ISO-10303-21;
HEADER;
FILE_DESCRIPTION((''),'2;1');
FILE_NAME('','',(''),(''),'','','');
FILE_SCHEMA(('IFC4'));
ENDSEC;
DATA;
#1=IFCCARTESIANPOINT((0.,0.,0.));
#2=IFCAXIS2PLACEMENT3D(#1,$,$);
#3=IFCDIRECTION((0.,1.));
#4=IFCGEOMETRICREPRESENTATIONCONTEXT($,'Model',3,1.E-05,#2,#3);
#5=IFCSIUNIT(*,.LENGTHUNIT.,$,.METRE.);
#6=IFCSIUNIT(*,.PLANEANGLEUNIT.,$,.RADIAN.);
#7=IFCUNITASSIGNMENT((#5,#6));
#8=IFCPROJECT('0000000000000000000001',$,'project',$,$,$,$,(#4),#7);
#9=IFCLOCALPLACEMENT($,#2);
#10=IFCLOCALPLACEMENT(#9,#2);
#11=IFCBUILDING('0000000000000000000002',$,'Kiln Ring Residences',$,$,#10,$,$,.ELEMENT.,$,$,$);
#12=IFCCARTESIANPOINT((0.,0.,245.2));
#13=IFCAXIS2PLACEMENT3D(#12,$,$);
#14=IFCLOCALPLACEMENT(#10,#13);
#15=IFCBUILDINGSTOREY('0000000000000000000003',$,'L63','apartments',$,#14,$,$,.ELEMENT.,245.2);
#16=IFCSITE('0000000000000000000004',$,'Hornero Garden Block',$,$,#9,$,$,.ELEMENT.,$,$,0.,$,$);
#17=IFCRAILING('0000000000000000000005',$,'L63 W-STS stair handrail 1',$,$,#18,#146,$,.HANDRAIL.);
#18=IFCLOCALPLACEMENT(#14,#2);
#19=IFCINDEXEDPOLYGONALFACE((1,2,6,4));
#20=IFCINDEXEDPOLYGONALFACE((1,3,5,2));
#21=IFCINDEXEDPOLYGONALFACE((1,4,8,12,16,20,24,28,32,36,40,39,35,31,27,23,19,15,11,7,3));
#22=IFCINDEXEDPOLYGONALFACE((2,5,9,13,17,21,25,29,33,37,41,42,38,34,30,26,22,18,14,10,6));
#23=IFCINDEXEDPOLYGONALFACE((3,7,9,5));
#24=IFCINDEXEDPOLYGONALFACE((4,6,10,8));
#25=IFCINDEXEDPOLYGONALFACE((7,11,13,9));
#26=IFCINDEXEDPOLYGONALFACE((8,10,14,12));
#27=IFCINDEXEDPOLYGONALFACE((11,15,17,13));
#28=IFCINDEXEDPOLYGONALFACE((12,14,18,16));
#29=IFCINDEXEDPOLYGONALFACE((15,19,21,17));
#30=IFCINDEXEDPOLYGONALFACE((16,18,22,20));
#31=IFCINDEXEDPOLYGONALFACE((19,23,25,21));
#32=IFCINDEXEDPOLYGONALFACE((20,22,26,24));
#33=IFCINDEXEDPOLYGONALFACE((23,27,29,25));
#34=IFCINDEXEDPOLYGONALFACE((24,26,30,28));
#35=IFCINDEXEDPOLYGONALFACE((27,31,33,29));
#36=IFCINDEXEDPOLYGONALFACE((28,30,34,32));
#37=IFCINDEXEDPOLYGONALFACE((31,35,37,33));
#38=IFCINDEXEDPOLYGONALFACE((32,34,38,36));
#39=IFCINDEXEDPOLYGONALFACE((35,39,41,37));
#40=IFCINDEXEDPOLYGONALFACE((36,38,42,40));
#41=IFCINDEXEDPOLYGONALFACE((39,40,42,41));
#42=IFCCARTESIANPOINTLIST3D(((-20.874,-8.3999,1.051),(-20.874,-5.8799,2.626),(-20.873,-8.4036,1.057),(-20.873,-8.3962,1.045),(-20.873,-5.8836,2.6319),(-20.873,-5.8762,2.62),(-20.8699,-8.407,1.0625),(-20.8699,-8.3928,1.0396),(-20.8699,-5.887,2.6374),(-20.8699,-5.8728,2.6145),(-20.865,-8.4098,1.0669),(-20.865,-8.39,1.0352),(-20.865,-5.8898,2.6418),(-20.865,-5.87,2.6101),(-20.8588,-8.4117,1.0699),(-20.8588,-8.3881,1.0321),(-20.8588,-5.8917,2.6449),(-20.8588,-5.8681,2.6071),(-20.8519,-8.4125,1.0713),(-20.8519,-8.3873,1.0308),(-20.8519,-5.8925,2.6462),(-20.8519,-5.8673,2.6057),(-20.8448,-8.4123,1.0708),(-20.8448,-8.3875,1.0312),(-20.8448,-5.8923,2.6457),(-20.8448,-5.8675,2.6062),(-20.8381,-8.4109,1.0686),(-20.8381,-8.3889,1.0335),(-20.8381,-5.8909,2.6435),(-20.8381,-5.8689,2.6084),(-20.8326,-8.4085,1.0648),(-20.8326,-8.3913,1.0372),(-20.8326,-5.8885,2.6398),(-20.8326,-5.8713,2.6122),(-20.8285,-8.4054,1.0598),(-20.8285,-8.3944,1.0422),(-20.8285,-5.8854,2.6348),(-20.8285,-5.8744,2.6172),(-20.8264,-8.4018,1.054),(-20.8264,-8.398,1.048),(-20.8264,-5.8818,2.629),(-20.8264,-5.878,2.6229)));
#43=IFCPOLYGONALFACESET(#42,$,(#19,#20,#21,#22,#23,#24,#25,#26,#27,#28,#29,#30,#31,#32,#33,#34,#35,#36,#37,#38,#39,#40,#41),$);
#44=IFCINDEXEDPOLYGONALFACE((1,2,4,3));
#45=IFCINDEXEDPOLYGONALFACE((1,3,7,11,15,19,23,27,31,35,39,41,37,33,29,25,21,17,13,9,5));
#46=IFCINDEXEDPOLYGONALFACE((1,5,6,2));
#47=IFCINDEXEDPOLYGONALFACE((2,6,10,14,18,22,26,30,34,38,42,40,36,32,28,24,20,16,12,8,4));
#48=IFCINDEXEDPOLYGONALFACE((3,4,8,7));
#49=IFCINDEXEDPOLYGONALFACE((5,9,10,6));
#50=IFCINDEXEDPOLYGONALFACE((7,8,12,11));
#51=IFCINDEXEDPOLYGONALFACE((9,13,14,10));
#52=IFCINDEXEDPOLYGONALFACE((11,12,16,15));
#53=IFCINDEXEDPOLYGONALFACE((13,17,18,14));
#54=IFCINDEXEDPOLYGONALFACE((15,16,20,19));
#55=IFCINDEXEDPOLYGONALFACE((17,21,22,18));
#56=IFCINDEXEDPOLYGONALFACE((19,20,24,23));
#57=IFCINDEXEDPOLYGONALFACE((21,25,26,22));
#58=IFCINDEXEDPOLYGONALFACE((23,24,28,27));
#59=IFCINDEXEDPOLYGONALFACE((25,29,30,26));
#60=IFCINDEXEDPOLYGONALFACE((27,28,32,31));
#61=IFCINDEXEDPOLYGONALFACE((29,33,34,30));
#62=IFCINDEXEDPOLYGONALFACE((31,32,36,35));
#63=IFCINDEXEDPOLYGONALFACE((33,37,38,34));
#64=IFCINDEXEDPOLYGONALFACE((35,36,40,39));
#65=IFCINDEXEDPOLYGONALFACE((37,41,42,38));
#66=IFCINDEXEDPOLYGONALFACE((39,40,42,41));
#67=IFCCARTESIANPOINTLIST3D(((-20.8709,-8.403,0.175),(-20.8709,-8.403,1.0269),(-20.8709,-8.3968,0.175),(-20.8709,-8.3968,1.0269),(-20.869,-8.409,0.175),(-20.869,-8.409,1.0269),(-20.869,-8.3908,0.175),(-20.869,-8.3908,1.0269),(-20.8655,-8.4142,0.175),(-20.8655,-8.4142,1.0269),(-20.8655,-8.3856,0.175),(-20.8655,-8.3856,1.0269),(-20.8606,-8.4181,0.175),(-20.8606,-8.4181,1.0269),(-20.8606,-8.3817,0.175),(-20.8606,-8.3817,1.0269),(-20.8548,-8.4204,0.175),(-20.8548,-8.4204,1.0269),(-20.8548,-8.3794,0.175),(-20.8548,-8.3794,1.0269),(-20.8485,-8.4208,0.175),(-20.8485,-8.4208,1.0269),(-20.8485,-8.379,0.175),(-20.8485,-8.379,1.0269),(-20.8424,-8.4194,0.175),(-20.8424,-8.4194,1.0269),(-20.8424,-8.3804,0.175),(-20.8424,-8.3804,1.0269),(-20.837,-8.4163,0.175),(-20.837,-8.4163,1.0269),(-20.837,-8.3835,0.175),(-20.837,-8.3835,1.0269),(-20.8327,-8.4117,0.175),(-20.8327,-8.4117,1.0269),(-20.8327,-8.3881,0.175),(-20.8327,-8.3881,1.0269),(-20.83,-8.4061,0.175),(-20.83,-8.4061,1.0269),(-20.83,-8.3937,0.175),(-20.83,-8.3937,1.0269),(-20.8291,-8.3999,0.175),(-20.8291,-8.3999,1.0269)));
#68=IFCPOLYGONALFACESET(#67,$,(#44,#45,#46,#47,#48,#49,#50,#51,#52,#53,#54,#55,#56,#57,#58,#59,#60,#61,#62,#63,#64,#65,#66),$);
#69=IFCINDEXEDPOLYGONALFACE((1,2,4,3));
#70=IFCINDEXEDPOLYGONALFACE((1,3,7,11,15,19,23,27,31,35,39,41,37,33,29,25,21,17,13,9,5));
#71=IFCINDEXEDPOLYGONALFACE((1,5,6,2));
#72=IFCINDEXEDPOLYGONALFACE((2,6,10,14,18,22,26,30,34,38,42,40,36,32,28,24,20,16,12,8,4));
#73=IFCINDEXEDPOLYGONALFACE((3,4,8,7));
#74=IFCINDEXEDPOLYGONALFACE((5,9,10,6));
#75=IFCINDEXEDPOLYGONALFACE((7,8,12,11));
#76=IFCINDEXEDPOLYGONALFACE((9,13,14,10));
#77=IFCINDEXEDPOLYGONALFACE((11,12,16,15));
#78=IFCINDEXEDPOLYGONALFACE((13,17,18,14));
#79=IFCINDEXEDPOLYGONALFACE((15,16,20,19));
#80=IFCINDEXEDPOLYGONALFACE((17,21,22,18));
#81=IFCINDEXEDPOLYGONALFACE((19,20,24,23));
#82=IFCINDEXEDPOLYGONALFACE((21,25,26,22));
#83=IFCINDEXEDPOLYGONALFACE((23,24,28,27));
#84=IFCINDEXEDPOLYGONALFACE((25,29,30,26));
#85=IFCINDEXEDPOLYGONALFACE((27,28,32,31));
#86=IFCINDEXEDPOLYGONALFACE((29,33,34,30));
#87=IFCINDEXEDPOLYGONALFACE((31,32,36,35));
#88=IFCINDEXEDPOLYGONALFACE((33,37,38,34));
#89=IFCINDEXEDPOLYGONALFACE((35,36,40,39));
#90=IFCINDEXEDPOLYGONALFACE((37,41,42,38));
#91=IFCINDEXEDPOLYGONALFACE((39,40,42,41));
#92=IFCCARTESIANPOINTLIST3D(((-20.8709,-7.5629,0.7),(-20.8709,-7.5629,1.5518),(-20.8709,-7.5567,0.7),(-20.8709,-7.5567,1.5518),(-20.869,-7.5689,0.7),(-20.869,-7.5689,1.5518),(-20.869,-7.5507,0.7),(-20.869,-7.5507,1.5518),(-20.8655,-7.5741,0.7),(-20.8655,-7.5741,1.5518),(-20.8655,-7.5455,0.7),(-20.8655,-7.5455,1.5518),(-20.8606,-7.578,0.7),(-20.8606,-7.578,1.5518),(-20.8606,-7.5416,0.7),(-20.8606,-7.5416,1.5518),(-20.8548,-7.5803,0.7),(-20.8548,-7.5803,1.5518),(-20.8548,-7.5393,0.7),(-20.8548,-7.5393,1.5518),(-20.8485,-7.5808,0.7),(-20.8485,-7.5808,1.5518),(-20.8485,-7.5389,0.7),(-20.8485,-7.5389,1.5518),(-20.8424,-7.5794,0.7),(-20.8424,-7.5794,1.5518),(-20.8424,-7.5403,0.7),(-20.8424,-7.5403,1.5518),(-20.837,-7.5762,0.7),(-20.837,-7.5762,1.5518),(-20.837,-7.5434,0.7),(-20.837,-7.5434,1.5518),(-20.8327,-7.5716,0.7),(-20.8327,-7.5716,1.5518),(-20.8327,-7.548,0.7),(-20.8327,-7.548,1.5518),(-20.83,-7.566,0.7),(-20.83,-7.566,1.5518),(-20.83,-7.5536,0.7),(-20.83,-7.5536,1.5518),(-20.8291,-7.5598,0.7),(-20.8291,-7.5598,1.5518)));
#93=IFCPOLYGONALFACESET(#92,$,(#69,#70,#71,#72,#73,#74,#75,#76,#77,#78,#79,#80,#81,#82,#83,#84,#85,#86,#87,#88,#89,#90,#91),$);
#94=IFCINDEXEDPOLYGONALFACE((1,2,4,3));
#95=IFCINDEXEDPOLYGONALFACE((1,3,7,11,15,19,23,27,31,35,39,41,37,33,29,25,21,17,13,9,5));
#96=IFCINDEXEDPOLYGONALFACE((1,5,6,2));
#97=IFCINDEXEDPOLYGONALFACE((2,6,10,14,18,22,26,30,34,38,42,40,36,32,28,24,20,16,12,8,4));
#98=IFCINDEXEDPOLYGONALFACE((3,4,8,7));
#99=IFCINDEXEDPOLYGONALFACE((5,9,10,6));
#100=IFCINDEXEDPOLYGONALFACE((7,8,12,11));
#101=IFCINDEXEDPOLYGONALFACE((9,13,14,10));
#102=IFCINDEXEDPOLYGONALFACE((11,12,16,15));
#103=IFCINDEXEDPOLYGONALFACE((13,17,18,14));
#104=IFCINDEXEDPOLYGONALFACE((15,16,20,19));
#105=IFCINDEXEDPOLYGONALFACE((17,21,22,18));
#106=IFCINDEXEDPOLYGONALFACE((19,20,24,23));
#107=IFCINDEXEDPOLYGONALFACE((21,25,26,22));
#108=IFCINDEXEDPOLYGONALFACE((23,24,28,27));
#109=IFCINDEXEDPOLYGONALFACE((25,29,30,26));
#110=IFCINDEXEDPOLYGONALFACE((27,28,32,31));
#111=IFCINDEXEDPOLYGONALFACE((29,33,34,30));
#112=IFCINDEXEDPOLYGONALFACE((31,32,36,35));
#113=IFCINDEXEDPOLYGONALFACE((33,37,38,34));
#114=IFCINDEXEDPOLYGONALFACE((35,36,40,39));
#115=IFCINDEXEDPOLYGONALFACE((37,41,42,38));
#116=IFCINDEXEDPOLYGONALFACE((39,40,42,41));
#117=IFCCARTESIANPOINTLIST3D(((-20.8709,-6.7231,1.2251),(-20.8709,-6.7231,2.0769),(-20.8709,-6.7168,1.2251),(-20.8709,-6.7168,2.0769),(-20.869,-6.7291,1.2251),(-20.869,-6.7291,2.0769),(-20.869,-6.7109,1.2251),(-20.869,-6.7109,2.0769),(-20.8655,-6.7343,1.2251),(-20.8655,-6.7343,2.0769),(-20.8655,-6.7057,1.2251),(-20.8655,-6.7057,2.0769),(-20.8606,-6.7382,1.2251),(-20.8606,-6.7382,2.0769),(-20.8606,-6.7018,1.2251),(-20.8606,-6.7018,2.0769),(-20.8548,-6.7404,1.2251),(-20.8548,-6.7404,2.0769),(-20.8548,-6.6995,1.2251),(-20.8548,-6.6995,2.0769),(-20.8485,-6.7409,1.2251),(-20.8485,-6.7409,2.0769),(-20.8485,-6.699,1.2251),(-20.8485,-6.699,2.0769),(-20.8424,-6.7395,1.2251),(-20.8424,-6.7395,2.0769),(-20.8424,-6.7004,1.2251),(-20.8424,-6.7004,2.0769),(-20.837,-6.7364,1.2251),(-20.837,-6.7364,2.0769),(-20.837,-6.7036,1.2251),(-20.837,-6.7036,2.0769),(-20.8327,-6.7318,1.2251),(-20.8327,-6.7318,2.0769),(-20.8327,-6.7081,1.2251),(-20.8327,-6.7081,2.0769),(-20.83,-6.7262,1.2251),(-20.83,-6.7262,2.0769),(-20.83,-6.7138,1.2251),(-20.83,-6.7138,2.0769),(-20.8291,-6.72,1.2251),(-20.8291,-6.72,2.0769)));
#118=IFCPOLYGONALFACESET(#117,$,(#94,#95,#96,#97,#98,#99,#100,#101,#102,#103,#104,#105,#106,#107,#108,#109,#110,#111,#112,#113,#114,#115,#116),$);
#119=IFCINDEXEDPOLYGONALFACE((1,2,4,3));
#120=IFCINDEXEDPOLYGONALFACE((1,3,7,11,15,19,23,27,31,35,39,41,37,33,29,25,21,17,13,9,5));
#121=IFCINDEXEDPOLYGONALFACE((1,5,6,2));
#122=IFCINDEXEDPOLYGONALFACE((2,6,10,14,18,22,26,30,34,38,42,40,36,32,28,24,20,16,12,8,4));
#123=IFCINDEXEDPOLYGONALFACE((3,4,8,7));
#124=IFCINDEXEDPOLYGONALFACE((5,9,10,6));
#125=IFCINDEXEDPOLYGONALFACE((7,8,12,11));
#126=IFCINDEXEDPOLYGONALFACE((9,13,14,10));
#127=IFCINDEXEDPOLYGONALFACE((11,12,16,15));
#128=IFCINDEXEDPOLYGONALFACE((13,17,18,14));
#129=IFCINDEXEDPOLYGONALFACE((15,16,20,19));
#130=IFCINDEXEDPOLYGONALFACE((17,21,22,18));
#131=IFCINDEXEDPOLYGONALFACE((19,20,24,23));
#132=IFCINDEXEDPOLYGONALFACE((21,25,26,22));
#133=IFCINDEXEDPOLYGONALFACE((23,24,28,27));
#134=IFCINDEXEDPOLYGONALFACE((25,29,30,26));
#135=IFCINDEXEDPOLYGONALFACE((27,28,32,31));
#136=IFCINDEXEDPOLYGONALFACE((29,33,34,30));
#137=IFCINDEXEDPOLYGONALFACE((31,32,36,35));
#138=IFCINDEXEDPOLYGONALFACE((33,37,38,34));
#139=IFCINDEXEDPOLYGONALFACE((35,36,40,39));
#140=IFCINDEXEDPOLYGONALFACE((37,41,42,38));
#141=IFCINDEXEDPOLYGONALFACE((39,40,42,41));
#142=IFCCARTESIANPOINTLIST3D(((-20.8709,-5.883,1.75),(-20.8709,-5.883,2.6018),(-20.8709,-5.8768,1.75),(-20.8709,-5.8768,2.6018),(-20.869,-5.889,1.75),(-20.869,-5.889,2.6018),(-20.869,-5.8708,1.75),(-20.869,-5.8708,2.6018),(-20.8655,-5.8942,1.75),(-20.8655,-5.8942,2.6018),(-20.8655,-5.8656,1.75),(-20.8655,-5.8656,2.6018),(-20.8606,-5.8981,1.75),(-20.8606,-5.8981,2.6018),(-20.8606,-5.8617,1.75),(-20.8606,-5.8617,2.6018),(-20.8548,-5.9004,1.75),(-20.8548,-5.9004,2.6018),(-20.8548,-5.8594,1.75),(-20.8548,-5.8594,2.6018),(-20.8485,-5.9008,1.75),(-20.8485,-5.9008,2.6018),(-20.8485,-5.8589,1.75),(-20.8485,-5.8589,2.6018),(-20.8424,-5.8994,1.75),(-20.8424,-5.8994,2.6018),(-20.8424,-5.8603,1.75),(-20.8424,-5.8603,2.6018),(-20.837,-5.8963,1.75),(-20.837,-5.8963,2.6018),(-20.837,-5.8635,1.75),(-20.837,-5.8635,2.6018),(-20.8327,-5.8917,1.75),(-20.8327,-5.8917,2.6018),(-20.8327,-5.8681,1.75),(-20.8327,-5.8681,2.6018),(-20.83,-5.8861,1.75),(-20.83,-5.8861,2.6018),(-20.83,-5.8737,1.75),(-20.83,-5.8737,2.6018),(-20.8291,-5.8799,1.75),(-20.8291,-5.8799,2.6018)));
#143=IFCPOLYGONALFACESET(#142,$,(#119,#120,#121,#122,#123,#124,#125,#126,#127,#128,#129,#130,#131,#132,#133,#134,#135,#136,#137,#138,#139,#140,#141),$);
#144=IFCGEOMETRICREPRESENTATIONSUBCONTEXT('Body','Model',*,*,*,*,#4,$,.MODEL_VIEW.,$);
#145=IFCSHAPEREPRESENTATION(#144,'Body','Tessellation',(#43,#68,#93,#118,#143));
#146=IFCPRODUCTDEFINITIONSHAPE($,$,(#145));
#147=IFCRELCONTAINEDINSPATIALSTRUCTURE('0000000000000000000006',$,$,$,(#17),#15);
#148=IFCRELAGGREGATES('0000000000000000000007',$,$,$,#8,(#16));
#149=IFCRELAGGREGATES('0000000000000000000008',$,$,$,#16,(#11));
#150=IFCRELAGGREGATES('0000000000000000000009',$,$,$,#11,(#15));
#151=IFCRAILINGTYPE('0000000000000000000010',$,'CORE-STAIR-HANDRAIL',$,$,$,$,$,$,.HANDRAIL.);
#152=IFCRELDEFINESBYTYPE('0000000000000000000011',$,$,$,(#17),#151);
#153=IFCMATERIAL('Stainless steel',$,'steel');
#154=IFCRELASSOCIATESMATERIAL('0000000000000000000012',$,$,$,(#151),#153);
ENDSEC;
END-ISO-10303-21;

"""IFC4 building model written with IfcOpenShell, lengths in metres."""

from ifc_helpers import new_model, si_unit, direction, frame, origin, origin_2d, place, context, subcontext, project, spatial, circle, extrude, material, type_object, element, save


model = new_model("IFC4")

# Units and contexts
model_context = context("Model", 3, precision=1e-05, world=origin(), true_north=direction((0.0, 1.0)))
body_context = subcontext(model_context, "Body", "Model", "MODEL_VIEW")
ifc_project = project(units=[si_unit("LENGTHUNIT", "METRE"), si_unit("PLANEANGLEUNIT", "RADIAN")], contexts=[model_context])

# Site, building, storey
site_placement = place(None, origin())
site = spatial("IfcSite", under=ifc_project, at=site_placement, Name="Hornero Garden Block", CompositionType="ELEMENT", RefElevation=0.0)
building_placement = place(site_placement, origin())
building = spatial("IfcBuilding", under=site, at=building_placement, Name="Kiln Ring Residences", CompositionType="ELEMENT")
storey_placement = place(building_placement, frame((0.0, 0.0, 245.2)))
storey = spatial("IfcBuildingStorey", under=building, at=storey_placement, Name="L63", Description="apartments", CompositionType="ELEMENT", Elevation=245.2)

# Railing
ifc_material_1 = material(Name="Stainless steel", Category="steel")
railing_type_1 = type_object("IfcRailingType", Name="CORE-STAIR-HANDRAIL", PredefinedType="HANDRAIL", material=ifc_material_1)
railing_1_placement = place(storey_placement, frame((-20.8501, -8.3999, 0.175)))
element("IfcRailing", 1, at=railing_1_placement, inside=storey, type_object=railing_type_1, Name="L63 W-STS stair handrail 1", PredefinedType="HANDRAIL", context=body_context, shape_type="SweptSolid", body=[
    extrude(circle(Radius=0.0239, at=origin_2d()), frame((0.0, 0.0, 0.876), z_axis=(0.0, 0.848008, 0.529984), x_axis=(-1.0, 0.0, 0.0)), (0.0, 0.0, 1.0), 2.9717),
    extrude(circle(Radius=0.021, at=origin_2d()), origin(), (0.0, 0.0, 1.0), 0.8518),
    extrude(circle(Radius=0.021, at=origin_2d()), frame((0.0, 0.8401, 0.5249)), (0.0, 0.0, 1.0), 0.8518),
    extrude(circle(Radius=0.021, at=origin_2d()), frame((0.0, 1.6799, 1.05)), (0.0, 0.0, 1.0), 0.8518),
    extrude(circle(Radius=0.021, at=origin_2d()), frame((0.0, 2.52, 1.575)), (0.0, 0.0, 1.0), 0.8518),
])

save(model, "model.ifc")
